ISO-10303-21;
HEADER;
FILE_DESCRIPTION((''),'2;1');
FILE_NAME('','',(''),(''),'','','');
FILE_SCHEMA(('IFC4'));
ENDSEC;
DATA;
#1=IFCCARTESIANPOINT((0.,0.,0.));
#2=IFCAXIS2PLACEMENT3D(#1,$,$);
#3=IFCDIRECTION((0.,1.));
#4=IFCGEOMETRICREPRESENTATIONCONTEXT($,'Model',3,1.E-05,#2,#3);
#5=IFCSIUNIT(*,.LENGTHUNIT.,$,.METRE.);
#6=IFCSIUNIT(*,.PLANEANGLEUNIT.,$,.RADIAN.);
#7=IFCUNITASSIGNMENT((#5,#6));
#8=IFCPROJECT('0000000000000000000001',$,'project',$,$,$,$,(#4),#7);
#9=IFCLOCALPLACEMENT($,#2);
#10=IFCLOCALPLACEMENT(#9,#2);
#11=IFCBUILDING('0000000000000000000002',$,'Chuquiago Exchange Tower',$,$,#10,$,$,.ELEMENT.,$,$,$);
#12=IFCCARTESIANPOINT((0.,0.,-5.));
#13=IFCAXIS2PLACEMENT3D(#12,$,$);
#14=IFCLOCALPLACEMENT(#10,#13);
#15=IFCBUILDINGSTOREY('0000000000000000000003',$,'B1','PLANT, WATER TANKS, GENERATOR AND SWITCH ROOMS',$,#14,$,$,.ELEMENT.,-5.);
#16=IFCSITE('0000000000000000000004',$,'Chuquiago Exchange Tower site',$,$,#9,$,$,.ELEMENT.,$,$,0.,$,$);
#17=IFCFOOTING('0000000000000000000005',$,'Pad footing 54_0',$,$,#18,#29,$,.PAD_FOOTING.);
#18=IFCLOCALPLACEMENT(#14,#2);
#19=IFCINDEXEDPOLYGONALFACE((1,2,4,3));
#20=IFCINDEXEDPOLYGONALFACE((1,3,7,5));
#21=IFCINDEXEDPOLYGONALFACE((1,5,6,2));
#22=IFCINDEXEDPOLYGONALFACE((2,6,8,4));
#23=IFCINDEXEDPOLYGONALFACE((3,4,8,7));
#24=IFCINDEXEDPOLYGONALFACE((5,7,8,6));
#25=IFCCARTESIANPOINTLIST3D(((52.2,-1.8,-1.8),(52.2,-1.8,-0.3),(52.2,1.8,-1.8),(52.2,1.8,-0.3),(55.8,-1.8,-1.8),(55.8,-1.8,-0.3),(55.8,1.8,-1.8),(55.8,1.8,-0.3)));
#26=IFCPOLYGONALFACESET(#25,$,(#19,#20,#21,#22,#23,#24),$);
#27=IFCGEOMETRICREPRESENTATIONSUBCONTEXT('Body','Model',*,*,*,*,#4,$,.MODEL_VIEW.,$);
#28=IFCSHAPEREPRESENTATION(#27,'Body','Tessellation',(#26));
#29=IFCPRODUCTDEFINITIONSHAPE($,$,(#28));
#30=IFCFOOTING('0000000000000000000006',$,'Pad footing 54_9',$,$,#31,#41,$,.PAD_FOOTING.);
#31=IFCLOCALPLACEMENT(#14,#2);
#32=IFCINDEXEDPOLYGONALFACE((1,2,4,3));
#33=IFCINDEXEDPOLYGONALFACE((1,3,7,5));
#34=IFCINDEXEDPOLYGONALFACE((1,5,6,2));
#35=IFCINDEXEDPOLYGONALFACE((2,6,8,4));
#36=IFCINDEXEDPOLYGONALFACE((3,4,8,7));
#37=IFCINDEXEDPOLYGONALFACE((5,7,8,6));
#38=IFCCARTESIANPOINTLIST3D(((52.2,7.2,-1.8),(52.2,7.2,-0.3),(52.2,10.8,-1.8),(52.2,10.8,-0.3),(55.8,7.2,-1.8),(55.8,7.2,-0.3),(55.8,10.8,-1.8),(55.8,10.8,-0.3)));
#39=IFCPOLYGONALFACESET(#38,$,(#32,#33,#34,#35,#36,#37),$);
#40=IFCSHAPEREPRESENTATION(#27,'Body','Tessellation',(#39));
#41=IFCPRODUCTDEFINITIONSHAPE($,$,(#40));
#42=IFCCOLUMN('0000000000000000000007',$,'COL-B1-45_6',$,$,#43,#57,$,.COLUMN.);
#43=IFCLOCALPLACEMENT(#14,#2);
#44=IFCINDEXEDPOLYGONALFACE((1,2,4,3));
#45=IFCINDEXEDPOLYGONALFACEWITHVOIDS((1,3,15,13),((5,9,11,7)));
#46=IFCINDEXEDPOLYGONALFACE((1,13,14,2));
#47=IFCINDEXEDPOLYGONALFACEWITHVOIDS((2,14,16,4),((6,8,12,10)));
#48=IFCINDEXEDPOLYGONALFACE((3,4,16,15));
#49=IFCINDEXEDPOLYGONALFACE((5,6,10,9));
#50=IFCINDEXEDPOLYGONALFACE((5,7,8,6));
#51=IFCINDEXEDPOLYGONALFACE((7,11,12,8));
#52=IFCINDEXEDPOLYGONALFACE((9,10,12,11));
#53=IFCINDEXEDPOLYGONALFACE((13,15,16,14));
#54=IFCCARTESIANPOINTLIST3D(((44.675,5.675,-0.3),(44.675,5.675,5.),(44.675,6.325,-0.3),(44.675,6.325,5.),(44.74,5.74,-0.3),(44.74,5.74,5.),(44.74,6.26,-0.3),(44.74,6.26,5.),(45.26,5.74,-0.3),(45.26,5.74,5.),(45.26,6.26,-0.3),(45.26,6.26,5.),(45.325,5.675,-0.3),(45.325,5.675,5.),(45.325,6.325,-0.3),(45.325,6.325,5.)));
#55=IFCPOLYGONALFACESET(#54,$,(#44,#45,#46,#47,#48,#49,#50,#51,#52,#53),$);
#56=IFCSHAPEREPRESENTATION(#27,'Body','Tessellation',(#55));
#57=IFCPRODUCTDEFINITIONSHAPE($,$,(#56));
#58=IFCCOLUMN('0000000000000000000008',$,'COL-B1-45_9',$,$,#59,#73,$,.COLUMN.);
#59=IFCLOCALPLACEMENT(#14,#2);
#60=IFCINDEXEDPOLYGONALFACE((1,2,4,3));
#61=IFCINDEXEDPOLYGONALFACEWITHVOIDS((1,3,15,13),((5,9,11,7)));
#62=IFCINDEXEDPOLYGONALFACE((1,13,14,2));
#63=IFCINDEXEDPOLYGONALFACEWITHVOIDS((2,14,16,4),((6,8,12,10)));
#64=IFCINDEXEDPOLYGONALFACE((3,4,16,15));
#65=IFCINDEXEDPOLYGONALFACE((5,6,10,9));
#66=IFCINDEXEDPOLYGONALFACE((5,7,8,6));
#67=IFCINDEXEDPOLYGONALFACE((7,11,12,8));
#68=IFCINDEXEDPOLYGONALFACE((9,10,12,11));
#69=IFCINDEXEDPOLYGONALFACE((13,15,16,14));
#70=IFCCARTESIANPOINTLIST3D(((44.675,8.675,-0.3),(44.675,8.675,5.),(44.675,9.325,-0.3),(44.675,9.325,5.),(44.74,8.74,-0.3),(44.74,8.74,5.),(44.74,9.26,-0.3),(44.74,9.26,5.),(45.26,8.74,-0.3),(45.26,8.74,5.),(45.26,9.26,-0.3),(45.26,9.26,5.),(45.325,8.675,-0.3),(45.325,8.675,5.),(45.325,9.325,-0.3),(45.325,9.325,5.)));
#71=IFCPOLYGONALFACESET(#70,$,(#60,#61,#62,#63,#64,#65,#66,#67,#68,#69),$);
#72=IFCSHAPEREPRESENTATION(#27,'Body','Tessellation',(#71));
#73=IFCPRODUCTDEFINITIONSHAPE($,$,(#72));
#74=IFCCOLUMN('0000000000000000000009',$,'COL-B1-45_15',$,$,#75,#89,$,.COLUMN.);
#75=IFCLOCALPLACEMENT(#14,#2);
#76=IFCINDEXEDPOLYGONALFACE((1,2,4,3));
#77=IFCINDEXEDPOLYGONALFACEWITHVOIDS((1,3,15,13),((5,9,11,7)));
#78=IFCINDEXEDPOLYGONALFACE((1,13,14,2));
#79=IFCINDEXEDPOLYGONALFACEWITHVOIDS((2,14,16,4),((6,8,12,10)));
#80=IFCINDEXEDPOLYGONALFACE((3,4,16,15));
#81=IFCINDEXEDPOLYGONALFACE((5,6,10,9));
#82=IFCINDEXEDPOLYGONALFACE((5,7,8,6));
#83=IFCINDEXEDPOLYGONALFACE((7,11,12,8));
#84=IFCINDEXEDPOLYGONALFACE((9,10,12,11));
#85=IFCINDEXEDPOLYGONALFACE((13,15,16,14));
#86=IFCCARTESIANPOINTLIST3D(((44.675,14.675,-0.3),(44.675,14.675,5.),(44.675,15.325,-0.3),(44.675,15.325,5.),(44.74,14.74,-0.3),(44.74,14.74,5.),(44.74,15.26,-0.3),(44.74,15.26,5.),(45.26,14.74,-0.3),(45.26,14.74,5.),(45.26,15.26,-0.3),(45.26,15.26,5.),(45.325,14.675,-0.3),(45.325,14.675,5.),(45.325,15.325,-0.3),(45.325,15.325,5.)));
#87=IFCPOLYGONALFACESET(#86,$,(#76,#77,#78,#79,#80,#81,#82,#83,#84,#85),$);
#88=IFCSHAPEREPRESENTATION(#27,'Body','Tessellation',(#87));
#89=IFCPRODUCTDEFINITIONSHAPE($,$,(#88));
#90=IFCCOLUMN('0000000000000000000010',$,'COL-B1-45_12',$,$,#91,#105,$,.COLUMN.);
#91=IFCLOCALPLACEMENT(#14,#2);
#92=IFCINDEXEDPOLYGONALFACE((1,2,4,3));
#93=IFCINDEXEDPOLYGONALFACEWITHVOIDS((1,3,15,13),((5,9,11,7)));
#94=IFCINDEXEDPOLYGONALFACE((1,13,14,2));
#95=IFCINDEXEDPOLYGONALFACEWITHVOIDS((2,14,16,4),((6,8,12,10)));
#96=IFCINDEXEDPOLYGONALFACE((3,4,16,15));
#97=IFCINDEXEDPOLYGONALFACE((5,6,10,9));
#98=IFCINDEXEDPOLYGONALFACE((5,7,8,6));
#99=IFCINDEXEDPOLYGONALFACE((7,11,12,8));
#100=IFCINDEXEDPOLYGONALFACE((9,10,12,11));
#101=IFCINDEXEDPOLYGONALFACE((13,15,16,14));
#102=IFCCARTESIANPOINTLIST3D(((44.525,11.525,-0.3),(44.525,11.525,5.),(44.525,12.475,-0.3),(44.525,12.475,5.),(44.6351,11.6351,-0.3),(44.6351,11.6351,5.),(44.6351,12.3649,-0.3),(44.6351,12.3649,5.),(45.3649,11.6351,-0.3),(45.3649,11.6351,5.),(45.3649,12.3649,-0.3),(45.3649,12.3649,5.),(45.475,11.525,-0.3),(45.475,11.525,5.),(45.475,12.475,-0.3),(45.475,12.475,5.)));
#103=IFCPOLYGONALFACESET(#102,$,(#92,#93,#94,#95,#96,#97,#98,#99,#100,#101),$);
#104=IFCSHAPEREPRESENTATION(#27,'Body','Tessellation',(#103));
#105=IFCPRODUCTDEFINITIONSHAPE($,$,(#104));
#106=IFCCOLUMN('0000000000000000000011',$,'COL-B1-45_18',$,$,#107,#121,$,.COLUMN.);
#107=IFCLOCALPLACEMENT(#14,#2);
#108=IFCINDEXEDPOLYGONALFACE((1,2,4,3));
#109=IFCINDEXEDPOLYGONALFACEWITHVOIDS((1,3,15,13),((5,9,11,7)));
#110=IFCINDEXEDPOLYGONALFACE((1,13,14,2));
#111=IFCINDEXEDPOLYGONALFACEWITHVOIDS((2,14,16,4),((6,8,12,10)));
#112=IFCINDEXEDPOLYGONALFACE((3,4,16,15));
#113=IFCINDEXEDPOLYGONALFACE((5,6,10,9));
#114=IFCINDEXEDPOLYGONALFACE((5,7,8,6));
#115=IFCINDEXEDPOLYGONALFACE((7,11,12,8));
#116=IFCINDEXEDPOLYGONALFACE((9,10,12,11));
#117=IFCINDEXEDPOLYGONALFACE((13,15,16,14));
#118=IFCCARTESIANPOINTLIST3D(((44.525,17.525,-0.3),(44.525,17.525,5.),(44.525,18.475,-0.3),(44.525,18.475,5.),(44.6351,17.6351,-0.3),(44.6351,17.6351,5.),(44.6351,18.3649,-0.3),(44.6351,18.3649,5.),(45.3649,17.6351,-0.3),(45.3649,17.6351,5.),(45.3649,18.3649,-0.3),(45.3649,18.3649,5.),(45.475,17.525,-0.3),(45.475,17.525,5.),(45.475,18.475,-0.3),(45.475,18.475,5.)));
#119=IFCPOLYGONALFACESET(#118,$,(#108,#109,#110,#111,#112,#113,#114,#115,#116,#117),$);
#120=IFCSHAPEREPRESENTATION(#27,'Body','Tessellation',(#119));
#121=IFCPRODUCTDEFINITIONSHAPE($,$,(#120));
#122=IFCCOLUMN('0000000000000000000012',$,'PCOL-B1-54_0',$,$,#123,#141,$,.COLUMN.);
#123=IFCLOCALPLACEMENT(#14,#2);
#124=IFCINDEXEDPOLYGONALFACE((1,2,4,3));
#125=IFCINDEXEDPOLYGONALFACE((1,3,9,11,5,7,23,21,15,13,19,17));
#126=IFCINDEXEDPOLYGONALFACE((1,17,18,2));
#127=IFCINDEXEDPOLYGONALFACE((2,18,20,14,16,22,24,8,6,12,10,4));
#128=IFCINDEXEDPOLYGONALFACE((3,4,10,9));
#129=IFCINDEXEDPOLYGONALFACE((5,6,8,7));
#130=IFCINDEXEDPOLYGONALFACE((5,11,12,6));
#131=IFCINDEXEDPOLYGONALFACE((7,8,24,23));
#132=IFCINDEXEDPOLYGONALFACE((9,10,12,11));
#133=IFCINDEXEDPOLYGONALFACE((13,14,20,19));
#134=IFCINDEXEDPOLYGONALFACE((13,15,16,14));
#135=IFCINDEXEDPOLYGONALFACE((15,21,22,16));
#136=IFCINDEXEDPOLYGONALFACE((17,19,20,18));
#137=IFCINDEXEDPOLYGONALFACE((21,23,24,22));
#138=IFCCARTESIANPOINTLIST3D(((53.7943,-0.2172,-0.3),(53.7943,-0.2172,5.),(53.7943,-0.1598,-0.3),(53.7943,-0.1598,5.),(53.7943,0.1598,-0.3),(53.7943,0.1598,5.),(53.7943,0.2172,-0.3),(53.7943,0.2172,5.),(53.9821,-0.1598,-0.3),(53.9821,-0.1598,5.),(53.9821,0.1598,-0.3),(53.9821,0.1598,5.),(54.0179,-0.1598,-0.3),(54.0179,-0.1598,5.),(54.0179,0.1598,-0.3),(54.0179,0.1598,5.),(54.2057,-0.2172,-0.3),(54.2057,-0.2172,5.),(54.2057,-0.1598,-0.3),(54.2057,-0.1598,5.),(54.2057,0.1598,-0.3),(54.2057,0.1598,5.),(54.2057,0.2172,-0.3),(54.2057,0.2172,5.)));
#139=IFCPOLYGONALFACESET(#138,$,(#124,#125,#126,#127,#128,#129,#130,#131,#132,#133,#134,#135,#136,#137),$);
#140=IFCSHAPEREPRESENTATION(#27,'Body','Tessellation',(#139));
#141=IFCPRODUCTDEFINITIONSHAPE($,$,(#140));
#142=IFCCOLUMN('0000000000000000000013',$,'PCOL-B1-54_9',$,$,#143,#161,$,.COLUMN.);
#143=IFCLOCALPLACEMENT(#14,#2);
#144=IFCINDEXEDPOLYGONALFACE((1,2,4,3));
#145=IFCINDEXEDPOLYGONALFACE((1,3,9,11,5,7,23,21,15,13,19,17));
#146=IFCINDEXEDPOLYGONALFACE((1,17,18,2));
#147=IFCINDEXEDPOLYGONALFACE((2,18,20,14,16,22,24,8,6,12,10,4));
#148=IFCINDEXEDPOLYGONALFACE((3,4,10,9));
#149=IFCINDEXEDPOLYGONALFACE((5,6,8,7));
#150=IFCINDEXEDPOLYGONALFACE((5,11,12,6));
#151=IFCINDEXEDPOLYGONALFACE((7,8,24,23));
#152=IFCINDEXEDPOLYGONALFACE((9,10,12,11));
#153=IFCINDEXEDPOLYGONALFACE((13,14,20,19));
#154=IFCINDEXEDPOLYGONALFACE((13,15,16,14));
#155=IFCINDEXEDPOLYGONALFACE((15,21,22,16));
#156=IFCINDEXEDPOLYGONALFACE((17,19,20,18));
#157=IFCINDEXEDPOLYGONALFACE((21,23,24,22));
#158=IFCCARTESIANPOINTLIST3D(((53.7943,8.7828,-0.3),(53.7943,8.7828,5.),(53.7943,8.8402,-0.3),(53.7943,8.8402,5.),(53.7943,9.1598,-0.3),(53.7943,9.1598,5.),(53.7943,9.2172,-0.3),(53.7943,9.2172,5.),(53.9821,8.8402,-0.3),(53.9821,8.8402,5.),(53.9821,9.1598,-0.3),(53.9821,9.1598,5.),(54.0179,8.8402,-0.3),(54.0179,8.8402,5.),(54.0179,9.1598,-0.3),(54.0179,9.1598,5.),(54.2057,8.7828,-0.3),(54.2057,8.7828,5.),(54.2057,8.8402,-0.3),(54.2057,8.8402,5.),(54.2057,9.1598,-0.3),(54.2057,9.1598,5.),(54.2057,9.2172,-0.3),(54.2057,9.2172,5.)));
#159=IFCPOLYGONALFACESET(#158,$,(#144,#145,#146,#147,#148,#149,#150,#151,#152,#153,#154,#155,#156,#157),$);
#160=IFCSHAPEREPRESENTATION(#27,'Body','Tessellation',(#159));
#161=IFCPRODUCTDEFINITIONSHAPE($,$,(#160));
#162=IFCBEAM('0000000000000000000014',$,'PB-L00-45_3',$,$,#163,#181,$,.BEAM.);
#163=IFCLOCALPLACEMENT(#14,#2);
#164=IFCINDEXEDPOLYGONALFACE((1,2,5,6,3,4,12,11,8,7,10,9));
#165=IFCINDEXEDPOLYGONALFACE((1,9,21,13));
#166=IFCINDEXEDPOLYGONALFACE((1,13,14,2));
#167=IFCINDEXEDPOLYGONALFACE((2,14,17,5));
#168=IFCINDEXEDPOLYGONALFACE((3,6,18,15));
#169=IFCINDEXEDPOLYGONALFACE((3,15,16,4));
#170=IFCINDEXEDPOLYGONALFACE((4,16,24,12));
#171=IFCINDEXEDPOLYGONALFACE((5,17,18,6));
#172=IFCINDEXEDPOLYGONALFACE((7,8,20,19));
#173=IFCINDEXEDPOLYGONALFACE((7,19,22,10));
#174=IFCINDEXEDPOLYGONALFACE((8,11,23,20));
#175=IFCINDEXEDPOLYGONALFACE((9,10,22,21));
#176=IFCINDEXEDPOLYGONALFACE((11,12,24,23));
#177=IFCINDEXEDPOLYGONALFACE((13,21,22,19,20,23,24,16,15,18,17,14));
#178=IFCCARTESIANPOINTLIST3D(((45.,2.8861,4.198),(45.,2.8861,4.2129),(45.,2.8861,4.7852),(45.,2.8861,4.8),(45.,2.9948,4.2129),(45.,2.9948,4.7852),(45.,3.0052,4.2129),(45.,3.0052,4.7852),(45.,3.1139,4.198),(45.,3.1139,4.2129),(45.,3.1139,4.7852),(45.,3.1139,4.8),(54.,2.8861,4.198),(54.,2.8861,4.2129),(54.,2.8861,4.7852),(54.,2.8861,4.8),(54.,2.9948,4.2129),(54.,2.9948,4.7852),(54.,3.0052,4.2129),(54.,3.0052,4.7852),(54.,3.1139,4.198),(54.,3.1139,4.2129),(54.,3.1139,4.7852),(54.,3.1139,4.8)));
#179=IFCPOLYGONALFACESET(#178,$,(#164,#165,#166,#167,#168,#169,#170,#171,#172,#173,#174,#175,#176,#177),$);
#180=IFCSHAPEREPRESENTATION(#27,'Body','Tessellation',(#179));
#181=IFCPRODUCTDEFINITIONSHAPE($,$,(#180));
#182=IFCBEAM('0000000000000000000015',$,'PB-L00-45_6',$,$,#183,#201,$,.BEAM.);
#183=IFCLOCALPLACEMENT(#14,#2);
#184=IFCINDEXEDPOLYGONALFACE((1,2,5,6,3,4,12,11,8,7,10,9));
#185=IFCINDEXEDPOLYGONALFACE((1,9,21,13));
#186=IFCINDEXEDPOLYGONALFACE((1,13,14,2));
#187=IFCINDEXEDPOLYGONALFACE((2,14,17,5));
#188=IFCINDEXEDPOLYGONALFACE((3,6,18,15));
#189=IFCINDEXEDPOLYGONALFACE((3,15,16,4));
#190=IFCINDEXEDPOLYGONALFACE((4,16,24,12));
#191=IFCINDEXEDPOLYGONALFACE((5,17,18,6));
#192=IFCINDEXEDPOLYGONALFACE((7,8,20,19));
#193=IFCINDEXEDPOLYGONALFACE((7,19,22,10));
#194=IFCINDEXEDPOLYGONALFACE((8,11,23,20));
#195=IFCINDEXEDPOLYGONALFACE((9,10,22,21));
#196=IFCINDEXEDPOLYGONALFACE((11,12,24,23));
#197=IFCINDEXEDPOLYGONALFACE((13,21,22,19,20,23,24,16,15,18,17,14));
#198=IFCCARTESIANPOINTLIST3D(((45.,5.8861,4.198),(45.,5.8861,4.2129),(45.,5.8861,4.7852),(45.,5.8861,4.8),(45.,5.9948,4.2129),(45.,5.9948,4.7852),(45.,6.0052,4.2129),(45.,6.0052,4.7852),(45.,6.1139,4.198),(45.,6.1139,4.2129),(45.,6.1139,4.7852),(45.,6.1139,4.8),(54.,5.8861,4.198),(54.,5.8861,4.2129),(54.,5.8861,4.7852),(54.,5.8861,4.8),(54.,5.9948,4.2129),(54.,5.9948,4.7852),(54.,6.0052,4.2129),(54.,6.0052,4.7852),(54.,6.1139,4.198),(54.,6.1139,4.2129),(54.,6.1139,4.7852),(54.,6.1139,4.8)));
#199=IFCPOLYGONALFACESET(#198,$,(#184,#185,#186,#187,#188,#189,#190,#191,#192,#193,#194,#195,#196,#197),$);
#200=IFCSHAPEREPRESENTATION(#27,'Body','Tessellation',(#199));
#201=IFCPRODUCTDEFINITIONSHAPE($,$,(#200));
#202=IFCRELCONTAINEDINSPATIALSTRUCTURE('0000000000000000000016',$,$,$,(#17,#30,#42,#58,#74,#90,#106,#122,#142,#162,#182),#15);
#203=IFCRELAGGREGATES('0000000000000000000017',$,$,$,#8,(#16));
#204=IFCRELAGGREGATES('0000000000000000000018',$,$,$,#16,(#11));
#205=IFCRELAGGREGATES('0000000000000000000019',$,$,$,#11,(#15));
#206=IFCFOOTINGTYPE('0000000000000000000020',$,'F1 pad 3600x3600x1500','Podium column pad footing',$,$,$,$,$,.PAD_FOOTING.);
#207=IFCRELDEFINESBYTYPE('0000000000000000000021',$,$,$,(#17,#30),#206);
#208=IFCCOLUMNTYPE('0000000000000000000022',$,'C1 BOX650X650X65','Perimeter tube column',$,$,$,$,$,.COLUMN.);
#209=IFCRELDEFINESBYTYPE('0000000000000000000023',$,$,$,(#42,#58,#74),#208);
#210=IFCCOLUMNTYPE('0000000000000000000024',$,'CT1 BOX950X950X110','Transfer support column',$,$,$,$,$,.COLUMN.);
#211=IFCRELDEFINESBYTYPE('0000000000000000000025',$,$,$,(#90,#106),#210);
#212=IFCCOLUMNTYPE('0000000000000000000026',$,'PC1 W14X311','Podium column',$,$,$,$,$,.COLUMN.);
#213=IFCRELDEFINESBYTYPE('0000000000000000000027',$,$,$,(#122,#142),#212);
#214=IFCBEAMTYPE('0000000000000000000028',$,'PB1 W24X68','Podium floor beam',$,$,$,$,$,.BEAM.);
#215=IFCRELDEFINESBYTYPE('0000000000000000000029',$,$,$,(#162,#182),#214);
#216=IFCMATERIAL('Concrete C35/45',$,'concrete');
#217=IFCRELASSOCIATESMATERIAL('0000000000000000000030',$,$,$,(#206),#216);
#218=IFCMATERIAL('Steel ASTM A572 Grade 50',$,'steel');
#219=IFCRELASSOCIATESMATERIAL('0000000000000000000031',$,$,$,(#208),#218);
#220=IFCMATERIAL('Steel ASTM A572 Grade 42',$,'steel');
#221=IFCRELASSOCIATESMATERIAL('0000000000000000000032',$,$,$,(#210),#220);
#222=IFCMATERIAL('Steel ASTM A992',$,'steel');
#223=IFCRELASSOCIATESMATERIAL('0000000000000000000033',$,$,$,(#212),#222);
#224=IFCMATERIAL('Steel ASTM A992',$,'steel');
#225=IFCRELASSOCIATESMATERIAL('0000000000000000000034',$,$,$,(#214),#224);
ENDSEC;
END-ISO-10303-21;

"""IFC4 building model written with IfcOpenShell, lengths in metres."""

from ifc_helpers import new_model, si_unit, direction, frame, origin, origin_2d, place, context, subcontext, project, spatial, rectangle, hollow_rectangle, i_section, extrude, material, material_profile, profile_set, type_object, element, save


model = new_model("IFC4")

# Units and contexts
model_context = context("Model", 3, precision=1e-05, world=origin(), true_north=direction((0.0, 1.0)))
body_context = subcontext(model_context, "Body", "Model", "MODEL_VIEW")
ifc_project = project(units=[si_unit("LENGTHUNIT", "METRE"), si_unit("PLANEANGLEUNIT", "RADIAN")], contexts=[model_context])

# Site, building, storey
site_placement = place(None, origin())
site = spatial("IfcSite", under=ifc_project, at=site_placement, Name="Chuquiago Exchange Tower site", CompositionType="ELEMENT", RefElevation=0.0)
building_placement = place(site_placement, origin())
building = spatial("IfcBuilding", under=site, at=building_placement, Name="Chuquiago Exchange Tower", CompositionType="ELEMENT")
storey_placement = place(building_placement, frame((0.0, 0.0, -5.0)))
storey = spatial("IfcBuildingStorey", under=building, at=storey_placement, Name="B1", Description="PLANT, WATER TANKS, GENERATOR AND SWITCH ROOMS", CompositionType="ELEMENT", Elevation=-5.0)

# Footings
ifc_material_1 = material(Name="Concrete C35/45", Category="concrete")
footing_type = type_object("IfcFootingType", Name="F1 pad 3600x3600x1500", Description="Podium column pad footing", PredefinedType="PAD_FOOTING", material=ifc_material_1)
for number, where, z_axis, x_axis, name in (
    (1, (54.0, 0.0, -1.8), (0.0, 0.0, 1.0), (1.0, 0.0, 0.0), "Pad footing 54_0"),
    (2, (54.0, 9.0, -1.8), (0.0, 0.0, 1.0), (1.0, 0.0, 0.0), "Pad footing 54_9"),
):
    element("IfcFooting", number, at=place(storey_placement, frame(where, z_axis=z_axis, x_axis=x_axis)), inside=storey, type_object=footing_type, Name=name, PredefinedType="PAD_FOOTING", context=body_context, shape_type="SweptSolid", body=[
        extrude(rectangle(XDim=3.6001, YDim=3.6001, at=origin_2d()), origin(), (0.0, 0.0, 1.0), 1.5),
    ])

# Columns
ifc_material_2 = material(Name="Steel ASTM A572 Grade 50", Category="steel")
ifc_material_profile_1 = material_profile(ifc_material_2, hollow_rectangle(XDim=0.6499, YDim=0.6499, WallThickness=0.0649, at=origin_2d()), Name="BOX650X650X65")
ifc_profile_set_1 = profile_set([ifc_material_profile_1], Name="Steel ASTM A572 Grade 50")
column_type_1 = type_object("IfcColumnType", Name="C1 BOX650X650X65", Description="Perimeter tube column", PredefinedType="COLUMN", material=ifc_profile_set_1)
for number, where, z_axis, x_axis, name in (
    (3, (45.0, 6.0, -0.3), (0.0, 0.0, 1.0), (1.0, 0.0, 0.0), "COL-B1-45_6"),
    (4, (45.0, 9.0, -0.3), (0.0, 0.0, 1.0), (1.0, 0.0, 0.0), "COL-B1-45_9"),
    (5, (45.0, 15.0, -0.3), (0.0, 0.0, 1.0), (1.0, 0.0, 0.0), "COL-B1-45_15"),
):
    element("IfcColumn", number, at=place(storey_placement, frame(where, z_axis=z_axis, x_axis=x_axis)), inside=storey, type_object=column_type_1, Name=name, PredefinedType="COLUMN", context=body_context, shape_type="SweptSolid", body=[
        extrude(hollow_rectangle(XDim=0.6499, YDim=0.6499, WallThickness=0.0649, at=origin_2d()), origin(), (0.0, 0.0, 1.0), 5.3),
    ])
ifc_material_3 = material(Name="Steel ASTM A572 Grade 42", Category="steel")
ifc_material_profile_2 = material_profile(ifc_material_3, hollow_rectangle(XDim=0.95, YDim=0.95, WallThickness=0.1101, at=origin_2d()), Name="BOX950X950X110")
ifc_profile_set_2 = profile_set([ifc_material_profile_2], Name="Steel ASTM A572 Grade 42")
column_type_2 = type_object("IfcColumnType", Name="CT1 BOX950X950X110", Description="Transfer support column", PredefinedType="COLUMN", material=ifc_profile_set_2)
for number, where, z_axis, x_axis, name in (
    (6, (45.0, 12.0, -0.3), (0.0, 0.0, 1.0), (1.0, 0.0, 0.0), "COL-B1-45_12"),
    (7, (45.0, 18.0, -0.3), (0.0, 0.0, 1.0), (1.0, 0.0, 0.0), "COL-B1-45_18"),
):
    element("IfcColumn", number, at=place(storey_placement, frame(where, z_axis=z_axis, x_axis=x_axis)), inside=storey, type_object=column_type_2, Name=name, PredefinedType="COLUMN", context=body_context, shape_type="SweptSolid", body=[
        extrude(hollow_rectangle(XDim=0.95, YDim=0.95, WallThickness=0.1101, at=origin_2d()), origin(), (0.0, 0.0, 1.0), 5.3),
    ])
ifc_material_4 = material(Name="Steel ASTM A992", Category="steel")
ifc_material_profile_3 = material_profile(ifc_material_4, i_section(OverallWidth=0.4114, OverallDepth=0.4343, WebThickness=0.0359, FlangeThickness=0.0574, at=origin_2d()), Name="W14X311")
ifc_profile_set_3 = profile_set([ifc_material_profile_3], Name="Steel ASTM A992")
column_type_3 = type_object("IfcColumnType", Name="PC1 W14X311", Description="Podium column", PredefinedType="COLUMN", material=ifc_profile_set_3)
for number, where, z_axis, x_axis, name in (
    (8, (54.0, 0.0, -0.3), (0.0, 0.0, 1.0), (1.0, 0.0, 0.0), "PCOL-B1-54_0"),
    (9, (54.0, 9.0, -0.3), (0.0, 0.0, 1.0), (1.0, 0.0, 0.0), "PCOL-B1-54_9"),
):
    element("IfcColumn", number, at=place(storey_placement, frame(where, z_axis=z_axis, x_axis=x_axis)), inside=storey, type_object=column_type_3, Name=name, PredefinedType="COLUMN", context=body_context, shape_type="SweptSolid", body=[
        extrude(i_section(OverallWidth=0.4114, OverallDepth=0.4343, WebThickness=0.0359, FlangeThickness=0.0574, at=origin_2d()), origin(), (0.0, 0.0, 1.0), 5.3),
    ])

# Beams
ifc_material_5 = material(Name="Steel ASTM A992", Category="steel")
ifc_material_profile_4 = material_profile(ifc_material_5, i_section(OverallWidth=0.2278, OverallDepth=0.6021, WebThickness=0.0105, FlangeThickness=0.0149, at=origin_2d()), Name="W24X68")
ifc_profile_set_4 = profile_set([ifc_material_profile_4], Name="Steel ASTM A992")
beam_type_1 = type_object("IfcBeamType", Name="PB1 W24X68", Description="Podium floor beam", PredefinedType="BEAM", material=ifc_profile_set_4)
for number, where, z_axis, x_axis, name in (
    (10, (45.0, 3.0, 4.499), (1.0, 0.0, 0.0), (0.0, 1.0, 0.0), "PB-L00-45_3"),
    (11, (45.0, 6.0, 4.499), (1.0, 0.0, 0.0), (0.0, 1.0, 0.0), "PB-L00-45_6"),
):
    element("IfcBeam", number, at=place(storey_placement, frame(where, z_axis=z_axis, x_axis=x_axis)), inside=storey, type_object=beam_type_1, Name=name, PredefinedType="BEAM", context=body_context, shape_type="SweptSolid", body=[
        extrude(i_section(OverallWidth=0.2278, OverallDepth=0.6021, WebThickness=0.0105, FlangeThickness=0.0149, at=origin_2d()), origin(), (0.0, 0.0, 1.0), 9.0),
    ])

save(model, "model.ifc")
